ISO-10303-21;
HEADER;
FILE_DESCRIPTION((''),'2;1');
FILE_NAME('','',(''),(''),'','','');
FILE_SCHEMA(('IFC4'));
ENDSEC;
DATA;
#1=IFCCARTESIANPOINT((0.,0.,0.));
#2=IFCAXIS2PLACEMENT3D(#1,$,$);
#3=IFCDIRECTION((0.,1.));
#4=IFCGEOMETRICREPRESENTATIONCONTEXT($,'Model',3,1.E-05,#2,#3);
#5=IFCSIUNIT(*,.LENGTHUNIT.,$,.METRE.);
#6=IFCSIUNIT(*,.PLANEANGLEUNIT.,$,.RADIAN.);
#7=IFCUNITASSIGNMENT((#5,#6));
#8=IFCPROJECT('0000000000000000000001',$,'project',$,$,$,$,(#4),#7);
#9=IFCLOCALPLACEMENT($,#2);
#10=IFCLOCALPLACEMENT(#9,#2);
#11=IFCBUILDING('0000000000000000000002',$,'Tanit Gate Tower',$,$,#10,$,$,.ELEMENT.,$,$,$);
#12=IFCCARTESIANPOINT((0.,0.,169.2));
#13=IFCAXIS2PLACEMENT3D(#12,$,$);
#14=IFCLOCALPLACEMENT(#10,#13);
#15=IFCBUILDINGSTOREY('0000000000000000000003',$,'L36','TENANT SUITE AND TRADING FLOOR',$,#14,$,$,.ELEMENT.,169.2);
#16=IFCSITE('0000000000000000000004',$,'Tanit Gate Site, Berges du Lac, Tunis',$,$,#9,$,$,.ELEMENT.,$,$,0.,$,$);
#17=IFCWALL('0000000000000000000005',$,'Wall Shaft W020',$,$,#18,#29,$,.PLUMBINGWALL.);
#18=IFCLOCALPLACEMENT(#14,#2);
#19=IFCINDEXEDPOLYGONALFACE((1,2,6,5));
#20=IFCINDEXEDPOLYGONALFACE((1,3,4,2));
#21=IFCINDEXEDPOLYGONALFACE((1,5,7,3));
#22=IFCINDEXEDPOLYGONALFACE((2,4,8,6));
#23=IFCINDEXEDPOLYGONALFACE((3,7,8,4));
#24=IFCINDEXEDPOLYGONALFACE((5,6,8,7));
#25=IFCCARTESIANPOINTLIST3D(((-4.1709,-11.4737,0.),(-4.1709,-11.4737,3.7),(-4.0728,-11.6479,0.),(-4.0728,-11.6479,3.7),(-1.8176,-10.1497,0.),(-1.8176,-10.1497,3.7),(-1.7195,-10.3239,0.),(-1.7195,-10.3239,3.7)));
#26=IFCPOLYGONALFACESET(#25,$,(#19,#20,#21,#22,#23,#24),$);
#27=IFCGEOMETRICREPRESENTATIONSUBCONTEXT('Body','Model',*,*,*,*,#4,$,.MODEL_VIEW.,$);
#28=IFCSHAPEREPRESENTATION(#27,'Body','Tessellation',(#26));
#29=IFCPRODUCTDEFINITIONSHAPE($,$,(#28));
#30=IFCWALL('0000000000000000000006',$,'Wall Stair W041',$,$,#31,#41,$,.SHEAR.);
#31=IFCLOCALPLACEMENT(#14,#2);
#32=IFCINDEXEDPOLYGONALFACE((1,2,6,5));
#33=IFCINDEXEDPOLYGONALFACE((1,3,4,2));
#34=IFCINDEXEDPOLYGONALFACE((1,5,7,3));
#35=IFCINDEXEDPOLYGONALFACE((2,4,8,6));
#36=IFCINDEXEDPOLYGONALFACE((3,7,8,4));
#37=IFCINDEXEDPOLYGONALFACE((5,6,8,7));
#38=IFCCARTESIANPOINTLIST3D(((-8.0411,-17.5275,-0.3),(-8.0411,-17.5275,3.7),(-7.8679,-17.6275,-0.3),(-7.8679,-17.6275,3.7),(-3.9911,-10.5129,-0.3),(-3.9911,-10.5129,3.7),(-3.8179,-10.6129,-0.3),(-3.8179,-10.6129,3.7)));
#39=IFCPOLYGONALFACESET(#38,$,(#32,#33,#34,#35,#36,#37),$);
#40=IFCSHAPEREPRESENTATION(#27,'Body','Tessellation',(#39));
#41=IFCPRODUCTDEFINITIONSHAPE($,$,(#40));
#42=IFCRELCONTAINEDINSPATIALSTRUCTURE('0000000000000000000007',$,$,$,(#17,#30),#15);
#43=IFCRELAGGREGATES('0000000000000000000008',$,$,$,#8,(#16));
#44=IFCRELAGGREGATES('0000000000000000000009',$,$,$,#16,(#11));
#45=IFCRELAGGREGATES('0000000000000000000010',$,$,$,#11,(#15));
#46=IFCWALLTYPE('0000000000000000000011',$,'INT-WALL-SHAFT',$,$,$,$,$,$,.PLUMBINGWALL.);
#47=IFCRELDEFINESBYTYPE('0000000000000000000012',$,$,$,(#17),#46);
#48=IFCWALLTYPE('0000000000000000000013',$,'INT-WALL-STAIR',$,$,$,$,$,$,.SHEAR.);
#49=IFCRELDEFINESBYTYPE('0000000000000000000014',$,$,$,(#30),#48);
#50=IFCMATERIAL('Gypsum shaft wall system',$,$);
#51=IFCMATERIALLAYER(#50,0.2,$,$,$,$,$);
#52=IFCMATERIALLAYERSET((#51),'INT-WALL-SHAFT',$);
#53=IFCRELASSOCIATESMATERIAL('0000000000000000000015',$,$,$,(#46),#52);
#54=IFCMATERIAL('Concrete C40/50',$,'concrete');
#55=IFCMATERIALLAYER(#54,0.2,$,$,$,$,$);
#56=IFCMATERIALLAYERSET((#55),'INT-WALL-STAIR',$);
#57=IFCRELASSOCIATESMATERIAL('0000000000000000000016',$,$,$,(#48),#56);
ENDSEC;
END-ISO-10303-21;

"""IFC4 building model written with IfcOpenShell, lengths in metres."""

from ifc_helpers import new_model, si_unit, direction, frame, frame_2d, origin, place, context, subcontext, project, spatial, rectangle, extrude, material, layer, layer_set, type_object, element, save


model = new_model("IFC4")

# Units and contexts
model_context = context("Model", 3, precision=1e-05, world=origin(), true_north=direction((0.0, 1.0)))
body_context = subcontext(model_context, "Body", "Model", "MODEL_VIEW")
ifc_project = project(units=[si_unit("LENGTHUNIT", "METRE"), si_unit("PLANEANGLEUNIT", "RADIAN")], contexts=[model_context])

# Site, building, storey
site_placement = place(None, origin())
site = spatial("IfcSite", under=ifc_project, at=site_placement, Name="Tanit Gate Site, Berges du Lac, Tunis", CompositionType="ELEMENT", RefElevation=0.0)
building_placement = place(site_placement, origin())
building = spatial("IfcBuilding", under=site, at=building_placement, Name="Tanit Gate Tower", CompositionType="ELEMENT")
storey_placement = place(building_placement, frame((0.0, 0.0, 169.2)))
storey = spatial("IfcBuildingStorey", under=building, at=storey_placement, Name="L36", Description="TENANT SUITE AND TRADING FLOOR", CompositionType="ELEMENT", Elevation=169.2)

# Walls
ifc_material_1 = material(Name="Gypsum shaft wall system")
ifc_layer_1 = layer(ifc_material_1, 0.2)
ifc_layer_set_1 = layer_set([ifc_layer_1], Name="INT-WALL-SHAFT")
wall_type_1 = type_object("IfcWallType", Name="INT-WALL-SHAFT", PredefinedType="PLUMBINGWALL", material=ifc_layer_set_1)
wall_1_placement = place(storey_placement, frame((-1.7686, -10.2368, 0.0), z_axis=(0.0, 0.0, 1.0), x_axis=(-0.871534, -0.490334, 0.0)))
element("IfcWall", 1, at=wall_1_placement, inside=storey, type_object=wall_type_1, Name="Wall Shaft W020", PredefinedType="PLUMBINGWALL", context=body_context, shape_type="SweptSolid", body=[
    extrude(rectangle(XDim=2.7002, YDim=0.2, at=frame_2d((1.3501, 0.0))), origin(), (0.0, 0.0, 1.0), 3.7),
])
ifc_material_2 = material(Name="Concrete C40/50", Category="concrete")
ifc_layer_2 = layer(ifc_material_2, 0.2)
ifc_layer_set_2 = layer_set([ifc_layer_2], Name="INT-WALL-STAIR")
wall_type_2 = type_object("IfcWallType", Name="INT-WALL-STAIR", PredefinedType="SHEAR", material=ifc_layer_set_2)
wall_2_placement = place(storey_placement, frame((-3.9045, -10.563, -0.3), z_axis=(0.0, 0.0, 1.0), x_axis=(-0.500013, -0.866018, 0.0)))
element("IfcWall", 2, at=wall_2_placement, inside=storey, type_object=wall_type_2, Name="Wall Stair W041", PredefinedType="SHEAR", context=body_context, shape_type="SweptSolid", body=[
    extrude(rectangle(XDim=8.0999, YDim=0.2, at=frame_2d((4.0498, 0.0))), origin(), (0.0, 0.0, 1.0), 4.0),
])

save(model, "model.ifc")
